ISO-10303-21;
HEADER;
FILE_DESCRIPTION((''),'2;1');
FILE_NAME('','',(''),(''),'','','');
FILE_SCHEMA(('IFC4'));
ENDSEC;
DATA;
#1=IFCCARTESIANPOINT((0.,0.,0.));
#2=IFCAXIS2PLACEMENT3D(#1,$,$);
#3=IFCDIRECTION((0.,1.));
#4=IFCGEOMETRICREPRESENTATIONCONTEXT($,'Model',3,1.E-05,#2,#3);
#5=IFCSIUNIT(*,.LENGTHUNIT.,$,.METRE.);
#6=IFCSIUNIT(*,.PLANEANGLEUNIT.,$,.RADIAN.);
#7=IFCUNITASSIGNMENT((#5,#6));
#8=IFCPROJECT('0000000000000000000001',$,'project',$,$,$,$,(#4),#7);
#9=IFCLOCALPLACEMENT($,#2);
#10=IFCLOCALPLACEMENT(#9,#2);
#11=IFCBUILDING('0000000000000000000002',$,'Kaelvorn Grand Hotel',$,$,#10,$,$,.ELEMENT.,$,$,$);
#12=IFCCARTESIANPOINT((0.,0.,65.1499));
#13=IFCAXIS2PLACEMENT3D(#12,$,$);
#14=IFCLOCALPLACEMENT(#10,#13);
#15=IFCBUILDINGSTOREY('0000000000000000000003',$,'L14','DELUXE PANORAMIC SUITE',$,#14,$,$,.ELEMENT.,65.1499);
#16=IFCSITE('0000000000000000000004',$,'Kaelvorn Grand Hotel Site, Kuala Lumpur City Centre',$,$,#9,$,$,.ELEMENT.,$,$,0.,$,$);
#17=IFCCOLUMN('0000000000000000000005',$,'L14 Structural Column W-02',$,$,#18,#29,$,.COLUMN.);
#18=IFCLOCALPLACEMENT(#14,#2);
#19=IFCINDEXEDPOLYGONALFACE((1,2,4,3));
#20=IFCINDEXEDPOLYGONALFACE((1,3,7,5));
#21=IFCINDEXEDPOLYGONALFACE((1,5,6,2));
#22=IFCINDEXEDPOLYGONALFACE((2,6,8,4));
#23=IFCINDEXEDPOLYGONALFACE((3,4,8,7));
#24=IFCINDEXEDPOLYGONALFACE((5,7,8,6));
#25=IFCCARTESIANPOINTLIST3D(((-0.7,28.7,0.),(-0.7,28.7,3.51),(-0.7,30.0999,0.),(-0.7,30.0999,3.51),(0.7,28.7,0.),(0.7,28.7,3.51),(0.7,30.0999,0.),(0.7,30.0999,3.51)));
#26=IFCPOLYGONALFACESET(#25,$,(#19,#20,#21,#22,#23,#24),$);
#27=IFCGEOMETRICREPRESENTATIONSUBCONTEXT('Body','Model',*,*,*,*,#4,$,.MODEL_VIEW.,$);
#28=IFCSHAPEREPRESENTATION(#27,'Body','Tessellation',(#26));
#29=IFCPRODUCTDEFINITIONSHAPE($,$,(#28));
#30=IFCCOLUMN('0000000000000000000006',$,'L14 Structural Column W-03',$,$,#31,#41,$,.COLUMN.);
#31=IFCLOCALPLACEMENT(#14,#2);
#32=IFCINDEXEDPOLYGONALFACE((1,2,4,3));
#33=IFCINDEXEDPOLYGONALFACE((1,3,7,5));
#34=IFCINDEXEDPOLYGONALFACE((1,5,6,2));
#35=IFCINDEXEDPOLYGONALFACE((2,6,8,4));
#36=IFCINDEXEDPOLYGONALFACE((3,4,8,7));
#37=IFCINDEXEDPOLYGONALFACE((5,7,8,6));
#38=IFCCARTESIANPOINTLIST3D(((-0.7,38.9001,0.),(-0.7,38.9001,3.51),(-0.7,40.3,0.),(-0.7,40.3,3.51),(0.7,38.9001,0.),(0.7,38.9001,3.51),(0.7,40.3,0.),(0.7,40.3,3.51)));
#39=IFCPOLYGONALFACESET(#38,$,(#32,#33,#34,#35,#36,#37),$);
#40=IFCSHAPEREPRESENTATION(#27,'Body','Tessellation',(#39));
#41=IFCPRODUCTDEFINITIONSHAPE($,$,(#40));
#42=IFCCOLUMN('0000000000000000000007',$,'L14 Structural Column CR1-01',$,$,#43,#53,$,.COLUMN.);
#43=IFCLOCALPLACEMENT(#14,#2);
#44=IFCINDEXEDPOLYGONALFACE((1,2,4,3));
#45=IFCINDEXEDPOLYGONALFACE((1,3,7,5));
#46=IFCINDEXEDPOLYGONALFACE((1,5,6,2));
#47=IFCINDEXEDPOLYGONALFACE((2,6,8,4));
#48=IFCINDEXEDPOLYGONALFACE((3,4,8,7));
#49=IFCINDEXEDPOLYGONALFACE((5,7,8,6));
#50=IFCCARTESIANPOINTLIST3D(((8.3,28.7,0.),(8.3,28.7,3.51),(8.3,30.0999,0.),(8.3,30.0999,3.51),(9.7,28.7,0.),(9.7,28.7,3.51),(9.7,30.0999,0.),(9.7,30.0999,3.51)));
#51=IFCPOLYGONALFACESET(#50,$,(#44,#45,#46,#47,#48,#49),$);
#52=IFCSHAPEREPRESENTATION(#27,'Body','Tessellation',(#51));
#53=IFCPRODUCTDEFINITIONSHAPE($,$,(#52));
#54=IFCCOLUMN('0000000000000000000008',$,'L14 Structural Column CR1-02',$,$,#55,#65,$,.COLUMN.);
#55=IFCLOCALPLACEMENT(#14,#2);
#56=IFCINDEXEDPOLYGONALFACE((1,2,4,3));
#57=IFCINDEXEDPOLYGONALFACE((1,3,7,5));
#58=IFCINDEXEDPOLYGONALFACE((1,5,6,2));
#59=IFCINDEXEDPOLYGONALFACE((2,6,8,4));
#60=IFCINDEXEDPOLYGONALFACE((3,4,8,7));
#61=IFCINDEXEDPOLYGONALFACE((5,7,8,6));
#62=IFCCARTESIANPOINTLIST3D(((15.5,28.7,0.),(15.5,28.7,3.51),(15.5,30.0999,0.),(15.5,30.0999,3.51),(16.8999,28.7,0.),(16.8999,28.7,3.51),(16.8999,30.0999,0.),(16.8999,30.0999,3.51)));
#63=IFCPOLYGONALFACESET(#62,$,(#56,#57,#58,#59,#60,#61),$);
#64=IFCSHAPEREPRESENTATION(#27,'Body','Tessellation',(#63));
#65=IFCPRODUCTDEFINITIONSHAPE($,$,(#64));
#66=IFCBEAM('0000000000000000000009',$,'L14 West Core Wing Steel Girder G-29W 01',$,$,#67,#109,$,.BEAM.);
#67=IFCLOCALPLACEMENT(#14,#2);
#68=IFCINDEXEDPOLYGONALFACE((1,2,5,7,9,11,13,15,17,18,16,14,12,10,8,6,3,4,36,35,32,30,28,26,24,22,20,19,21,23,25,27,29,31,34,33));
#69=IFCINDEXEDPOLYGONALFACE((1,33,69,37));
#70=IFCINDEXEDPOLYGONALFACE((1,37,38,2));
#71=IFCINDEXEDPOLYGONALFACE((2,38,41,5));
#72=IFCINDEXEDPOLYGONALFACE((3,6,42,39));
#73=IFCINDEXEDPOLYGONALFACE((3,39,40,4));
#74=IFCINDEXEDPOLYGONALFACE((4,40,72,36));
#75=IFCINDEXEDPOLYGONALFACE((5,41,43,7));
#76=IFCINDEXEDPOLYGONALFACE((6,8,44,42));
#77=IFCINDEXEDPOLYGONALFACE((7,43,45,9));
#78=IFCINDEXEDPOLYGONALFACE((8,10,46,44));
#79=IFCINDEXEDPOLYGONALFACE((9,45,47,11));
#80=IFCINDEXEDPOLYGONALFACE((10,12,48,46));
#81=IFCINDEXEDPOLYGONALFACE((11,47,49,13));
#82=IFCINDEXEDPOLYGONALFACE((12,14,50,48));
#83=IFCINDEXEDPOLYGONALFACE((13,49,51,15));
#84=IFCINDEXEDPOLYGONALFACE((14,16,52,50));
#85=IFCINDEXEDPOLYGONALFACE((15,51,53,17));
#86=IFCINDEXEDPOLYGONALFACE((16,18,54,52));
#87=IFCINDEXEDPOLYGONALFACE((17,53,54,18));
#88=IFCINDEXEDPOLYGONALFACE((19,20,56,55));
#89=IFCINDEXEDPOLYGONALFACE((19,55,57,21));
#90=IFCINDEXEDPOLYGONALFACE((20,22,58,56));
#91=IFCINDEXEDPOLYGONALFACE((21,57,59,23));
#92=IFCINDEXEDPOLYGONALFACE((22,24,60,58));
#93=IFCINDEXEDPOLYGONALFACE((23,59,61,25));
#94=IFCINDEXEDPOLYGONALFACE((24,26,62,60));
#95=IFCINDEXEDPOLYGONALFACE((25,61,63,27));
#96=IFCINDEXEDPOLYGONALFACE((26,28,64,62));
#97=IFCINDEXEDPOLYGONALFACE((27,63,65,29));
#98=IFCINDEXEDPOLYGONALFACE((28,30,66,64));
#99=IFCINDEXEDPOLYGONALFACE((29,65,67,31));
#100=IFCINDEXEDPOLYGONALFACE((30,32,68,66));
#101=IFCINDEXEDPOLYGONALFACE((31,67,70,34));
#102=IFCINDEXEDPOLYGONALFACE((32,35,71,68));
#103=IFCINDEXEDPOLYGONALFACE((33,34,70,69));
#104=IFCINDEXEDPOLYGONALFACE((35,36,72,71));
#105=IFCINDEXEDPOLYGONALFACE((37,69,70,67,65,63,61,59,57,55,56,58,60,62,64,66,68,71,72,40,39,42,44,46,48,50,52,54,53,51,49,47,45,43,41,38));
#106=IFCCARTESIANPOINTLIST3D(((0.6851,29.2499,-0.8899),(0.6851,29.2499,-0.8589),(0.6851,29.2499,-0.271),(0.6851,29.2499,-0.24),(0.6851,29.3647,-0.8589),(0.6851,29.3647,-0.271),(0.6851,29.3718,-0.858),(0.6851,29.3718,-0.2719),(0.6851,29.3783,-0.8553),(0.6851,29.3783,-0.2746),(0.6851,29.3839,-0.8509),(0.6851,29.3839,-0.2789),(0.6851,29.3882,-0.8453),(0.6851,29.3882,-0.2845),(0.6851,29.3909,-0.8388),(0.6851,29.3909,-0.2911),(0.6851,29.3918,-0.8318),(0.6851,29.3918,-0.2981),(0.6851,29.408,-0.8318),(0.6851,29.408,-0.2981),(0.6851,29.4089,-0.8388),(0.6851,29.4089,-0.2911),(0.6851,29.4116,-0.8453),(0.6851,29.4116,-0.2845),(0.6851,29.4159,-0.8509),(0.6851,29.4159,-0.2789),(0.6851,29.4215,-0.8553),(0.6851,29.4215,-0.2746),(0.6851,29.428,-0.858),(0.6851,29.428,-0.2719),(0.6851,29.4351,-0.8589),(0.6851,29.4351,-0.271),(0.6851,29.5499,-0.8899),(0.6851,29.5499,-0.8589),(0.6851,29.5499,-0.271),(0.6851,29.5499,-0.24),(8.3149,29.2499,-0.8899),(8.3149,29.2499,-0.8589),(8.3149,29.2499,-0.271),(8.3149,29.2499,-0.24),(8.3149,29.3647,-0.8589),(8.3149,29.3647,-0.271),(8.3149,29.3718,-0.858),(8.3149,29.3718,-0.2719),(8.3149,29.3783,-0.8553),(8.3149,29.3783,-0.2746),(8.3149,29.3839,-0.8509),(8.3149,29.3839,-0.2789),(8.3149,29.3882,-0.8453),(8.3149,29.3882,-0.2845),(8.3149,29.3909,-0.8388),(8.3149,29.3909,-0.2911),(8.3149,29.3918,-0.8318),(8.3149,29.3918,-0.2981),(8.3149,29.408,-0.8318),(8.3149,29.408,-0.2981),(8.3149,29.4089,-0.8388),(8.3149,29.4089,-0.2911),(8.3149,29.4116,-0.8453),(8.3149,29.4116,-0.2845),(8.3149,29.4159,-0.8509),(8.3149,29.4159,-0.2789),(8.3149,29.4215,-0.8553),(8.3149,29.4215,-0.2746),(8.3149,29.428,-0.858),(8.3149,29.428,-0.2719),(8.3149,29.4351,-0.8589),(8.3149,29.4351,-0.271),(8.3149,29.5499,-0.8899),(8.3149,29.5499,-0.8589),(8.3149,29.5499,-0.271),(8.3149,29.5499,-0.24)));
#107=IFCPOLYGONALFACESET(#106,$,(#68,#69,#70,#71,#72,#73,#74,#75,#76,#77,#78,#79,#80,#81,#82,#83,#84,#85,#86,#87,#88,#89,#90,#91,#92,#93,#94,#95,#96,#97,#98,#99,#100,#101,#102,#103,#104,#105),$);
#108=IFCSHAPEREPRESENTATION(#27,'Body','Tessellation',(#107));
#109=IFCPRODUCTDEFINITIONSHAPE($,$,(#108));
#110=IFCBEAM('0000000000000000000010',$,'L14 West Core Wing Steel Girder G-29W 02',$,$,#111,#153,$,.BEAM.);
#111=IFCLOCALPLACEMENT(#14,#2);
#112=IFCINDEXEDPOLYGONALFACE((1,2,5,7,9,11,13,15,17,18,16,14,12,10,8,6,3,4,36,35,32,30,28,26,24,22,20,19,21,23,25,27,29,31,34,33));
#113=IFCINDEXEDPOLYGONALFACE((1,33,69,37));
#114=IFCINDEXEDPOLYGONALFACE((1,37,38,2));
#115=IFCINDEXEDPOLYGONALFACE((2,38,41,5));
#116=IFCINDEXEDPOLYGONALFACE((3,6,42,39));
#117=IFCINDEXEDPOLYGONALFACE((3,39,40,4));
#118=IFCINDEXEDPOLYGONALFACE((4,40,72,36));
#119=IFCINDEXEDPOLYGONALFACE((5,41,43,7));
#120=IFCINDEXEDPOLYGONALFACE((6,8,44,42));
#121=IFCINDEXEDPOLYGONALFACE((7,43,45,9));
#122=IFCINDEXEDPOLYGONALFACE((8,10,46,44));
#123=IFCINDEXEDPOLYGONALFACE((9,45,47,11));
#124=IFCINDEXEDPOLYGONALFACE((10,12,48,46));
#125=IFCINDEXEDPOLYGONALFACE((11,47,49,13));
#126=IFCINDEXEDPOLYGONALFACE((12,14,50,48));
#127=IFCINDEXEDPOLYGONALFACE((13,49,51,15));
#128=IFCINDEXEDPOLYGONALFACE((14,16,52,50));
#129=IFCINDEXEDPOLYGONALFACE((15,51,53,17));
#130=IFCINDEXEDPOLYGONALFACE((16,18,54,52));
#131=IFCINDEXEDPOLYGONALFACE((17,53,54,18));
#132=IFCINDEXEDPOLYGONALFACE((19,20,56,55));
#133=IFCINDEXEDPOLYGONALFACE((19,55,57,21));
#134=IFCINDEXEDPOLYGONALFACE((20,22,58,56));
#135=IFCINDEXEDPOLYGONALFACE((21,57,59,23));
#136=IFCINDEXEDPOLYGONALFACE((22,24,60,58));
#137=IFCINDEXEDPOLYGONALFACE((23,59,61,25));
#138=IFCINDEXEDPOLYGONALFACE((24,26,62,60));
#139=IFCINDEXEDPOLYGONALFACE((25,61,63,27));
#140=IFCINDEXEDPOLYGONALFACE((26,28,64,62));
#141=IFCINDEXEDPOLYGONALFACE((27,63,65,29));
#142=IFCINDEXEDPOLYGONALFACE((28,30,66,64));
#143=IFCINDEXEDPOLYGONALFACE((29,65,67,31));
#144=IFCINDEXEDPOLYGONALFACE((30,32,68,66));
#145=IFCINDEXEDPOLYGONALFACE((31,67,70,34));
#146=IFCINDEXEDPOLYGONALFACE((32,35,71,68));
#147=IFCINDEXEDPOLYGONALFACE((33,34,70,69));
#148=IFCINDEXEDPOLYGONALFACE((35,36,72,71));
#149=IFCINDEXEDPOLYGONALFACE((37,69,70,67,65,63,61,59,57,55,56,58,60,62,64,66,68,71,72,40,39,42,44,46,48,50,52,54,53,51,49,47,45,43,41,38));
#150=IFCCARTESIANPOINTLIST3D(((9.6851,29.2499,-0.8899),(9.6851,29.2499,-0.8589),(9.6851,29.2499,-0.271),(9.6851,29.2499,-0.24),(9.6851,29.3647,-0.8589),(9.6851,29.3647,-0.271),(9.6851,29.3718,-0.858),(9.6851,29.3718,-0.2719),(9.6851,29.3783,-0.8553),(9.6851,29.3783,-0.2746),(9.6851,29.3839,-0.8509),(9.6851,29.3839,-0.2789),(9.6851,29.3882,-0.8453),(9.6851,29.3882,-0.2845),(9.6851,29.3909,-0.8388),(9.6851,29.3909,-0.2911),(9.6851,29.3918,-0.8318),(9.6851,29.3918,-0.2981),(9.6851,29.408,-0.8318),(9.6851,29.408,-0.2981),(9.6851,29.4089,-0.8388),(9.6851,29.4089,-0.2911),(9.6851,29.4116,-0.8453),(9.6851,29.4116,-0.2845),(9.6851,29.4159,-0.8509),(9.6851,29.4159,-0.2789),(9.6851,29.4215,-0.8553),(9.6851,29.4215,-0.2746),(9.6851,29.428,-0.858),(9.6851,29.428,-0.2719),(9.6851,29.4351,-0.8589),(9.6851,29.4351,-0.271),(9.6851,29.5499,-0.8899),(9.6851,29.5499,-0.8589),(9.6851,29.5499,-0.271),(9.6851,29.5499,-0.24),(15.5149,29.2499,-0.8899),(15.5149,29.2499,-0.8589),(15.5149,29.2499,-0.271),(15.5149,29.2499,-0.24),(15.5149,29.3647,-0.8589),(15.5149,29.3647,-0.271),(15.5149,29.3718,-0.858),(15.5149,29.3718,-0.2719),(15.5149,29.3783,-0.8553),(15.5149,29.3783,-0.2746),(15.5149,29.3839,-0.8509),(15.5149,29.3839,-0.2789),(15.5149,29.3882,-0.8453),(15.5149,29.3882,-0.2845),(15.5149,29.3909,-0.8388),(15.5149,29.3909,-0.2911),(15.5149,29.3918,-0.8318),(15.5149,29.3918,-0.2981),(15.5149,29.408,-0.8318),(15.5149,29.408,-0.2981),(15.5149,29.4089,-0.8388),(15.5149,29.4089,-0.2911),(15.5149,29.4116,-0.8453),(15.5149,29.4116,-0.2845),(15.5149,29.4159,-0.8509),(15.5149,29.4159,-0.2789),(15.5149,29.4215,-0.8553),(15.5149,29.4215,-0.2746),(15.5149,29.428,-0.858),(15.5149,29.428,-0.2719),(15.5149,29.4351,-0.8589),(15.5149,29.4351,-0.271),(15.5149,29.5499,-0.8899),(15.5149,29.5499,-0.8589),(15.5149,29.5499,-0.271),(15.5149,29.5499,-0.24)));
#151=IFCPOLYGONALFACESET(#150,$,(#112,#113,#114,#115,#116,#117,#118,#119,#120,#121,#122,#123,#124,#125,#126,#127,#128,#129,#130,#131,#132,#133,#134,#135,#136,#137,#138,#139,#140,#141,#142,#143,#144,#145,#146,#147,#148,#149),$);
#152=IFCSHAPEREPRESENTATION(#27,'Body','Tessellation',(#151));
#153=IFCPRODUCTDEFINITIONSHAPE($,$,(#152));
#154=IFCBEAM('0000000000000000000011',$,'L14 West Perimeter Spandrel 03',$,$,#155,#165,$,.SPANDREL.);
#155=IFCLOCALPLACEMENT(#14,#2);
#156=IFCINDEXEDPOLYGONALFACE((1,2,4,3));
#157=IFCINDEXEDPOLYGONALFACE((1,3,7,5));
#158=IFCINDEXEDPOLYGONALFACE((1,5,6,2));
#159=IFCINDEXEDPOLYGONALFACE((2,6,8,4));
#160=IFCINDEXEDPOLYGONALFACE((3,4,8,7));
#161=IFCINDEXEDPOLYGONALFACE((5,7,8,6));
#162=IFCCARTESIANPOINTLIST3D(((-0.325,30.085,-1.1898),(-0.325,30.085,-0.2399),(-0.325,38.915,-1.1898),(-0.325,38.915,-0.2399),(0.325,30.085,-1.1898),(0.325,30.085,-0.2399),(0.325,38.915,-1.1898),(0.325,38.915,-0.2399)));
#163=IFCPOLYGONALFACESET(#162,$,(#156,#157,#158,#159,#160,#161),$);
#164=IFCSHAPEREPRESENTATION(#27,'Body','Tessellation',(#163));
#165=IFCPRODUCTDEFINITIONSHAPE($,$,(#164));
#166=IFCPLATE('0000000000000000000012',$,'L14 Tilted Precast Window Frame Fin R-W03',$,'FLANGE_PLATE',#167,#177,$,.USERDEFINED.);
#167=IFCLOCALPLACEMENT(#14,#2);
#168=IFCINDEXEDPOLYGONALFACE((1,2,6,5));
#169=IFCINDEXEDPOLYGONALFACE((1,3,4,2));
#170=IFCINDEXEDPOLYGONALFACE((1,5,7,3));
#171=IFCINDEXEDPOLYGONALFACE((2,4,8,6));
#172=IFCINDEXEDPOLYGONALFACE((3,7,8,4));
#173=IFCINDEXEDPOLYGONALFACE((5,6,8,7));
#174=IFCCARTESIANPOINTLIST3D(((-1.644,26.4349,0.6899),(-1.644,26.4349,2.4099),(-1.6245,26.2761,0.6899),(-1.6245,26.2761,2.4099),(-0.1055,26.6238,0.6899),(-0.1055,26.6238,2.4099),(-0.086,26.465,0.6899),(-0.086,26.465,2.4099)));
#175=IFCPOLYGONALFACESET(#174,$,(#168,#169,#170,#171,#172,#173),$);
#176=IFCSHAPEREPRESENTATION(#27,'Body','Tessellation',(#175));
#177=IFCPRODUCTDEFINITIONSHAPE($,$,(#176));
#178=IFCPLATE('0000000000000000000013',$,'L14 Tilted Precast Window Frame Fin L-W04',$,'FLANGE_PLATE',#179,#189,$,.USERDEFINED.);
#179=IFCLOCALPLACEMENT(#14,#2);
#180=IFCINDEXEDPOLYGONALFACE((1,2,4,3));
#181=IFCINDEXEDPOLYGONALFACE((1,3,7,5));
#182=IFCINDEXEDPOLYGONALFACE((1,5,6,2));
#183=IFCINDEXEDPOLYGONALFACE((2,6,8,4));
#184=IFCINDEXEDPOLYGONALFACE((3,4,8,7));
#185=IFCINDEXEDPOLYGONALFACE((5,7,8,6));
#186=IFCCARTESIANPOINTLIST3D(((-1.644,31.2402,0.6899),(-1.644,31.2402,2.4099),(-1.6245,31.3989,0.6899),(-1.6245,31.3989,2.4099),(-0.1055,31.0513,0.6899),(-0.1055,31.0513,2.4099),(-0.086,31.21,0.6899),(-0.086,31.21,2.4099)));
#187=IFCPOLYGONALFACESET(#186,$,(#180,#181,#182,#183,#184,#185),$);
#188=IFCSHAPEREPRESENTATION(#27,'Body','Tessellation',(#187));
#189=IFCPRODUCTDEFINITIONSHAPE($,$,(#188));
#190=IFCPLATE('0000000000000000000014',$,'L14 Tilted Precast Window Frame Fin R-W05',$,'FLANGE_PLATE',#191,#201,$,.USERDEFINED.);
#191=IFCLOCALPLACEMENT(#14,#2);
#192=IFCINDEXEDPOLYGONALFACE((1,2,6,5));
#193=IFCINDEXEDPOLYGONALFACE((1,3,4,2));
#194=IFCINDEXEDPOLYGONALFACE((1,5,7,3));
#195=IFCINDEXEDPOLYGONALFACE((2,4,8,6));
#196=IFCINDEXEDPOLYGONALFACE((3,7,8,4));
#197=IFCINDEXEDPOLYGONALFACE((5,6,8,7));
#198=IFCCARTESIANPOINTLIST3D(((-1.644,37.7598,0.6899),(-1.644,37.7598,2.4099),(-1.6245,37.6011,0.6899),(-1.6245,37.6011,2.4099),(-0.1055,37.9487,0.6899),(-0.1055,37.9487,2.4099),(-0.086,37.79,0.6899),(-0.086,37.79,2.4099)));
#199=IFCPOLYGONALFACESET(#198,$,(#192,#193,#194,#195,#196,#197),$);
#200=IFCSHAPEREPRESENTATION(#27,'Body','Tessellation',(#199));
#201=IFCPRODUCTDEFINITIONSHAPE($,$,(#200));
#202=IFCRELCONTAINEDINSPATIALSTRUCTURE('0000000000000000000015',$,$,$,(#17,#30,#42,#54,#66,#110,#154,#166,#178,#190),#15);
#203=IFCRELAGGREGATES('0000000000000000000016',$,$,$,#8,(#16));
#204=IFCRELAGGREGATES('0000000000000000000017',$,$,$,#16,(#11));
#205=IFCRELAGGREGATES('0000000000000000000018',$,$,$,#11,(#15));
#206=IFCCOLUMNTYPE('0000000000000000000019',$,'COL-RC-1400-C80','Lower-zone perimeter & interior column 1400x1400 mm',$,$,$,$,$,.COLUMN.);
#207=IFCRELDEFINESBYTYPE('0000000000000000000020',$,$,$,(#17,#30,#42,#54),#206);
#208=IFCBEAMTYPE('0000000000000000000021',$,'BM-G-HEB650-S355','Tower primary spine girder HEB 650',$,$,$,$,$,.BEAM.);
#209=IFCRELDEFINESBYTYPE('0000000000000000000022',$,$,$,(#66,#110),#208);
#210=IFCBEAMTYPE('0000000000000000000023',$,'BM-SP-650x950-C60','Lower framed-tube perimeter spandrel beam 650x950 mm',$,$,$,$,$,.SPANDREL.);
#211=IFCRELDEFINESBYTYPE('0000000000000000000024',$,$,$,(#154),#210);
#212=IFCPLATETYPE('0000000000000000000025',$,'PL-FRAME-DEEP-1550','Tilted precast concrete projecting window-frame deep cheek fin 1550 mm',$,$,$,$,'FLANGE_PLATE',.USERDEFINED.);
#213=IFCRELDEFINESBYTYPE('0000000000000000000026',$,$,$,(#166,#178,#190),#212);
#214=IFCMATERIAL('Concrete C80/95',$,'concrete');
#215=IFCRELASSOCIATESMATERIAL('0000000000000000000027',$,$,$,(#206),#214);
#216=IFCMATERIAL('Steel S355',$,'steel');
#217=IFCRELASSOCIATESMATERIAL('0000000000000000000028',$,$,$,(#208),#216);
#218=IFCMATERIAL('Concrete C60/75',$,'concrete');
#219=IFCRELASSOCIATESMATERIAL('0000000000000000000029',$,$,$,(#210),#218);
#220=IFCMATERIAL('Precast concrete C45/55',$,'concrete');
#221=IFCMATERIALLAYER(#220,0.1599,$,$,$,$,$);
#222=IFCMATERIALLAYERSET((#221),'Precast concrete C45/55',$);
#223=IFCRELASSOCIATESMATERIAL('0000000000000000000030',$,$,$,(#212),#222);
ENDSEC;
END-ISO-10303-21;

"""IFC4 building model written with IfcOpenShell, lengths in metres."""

from ifc_helpers import new_model, si_unit, direction, frame, origin, origin_2d, place, context, subcontext, project, spatial, rectangle, i_section, extrude, material, layer, layer_set, material_profile, profile_set, type_object, element, save


model = new_model("IFC4")

# Units and contexts
model_context = context("Model", 3, precision=1e-05, world=origin(), true_north=direction((0.0, 1.0)))
body_context = subcontext(model_context, "Body", "Model", "MODEL_VIEW")
ifc_project = project(units=[si_unit("LENGTHUNIT", "METRE"), si_unit("PLANEANGLEUNIT", "RADIAN")], contexts=[model_context])

# Site, building, storey
site_placement = place(None, origin())
site = spatial("IfcSite", under=ifc_project, at=site_placement, Name="Kaelvorn Grand Hotel Site, Kuala Lumpur City Centre", CompositionType="ELEMENT", RefElevation=0.0)
building_placement = place(site_placement, origin())
building = spatial("IfcBuilding", under=site, at=building_placement, Name="Kaelvorn Grand Hotel", CompositionType="ELEMENT")
storey_placement = place(building_placement, frame((0.0, 0.0, 65.1499)))
storey = spatial("IfcBuildingStorey", under=building, at=storey_placement, Name="L14", Description="DELUXE PANORAMIC SUITE", CompositionType="ELEMENT", Elevation=65.1499)

# Columns
ifc_material_1 = material(Name="Concrete C80/95", Category="concrete")
ifc_material_profile_1 = material_profile(ifc_material_1, rectangle(XDim=1.3999, YDim=1.3999, at=origin_2d()), Name="RC COL 1400x1400")
ifc_profile_set_1 = profile_set([ifc_material_profile_1], Name="Concrete C80/95")
column_type = type_object("IfcColumnType", Name="COL-RC-1400-C80", Description="Lower-zone perimeter & interior column 1400x1400 mm", PredefinedType="COLUMN", material=ifc_profile_set_1)
for number, where, z_axis, x_axis, name in (
    (1, (0.0, 29.3999, 0.0), (0.0, 0.0, 1.0), (1.0, 0.0, 0.0), "L14 Structural Column W-02"),
    (2, (0.0, 39.6001, 0.0), (0.0, 0.0, 1.0), (1.0, 0.0, 0.0), "L14 Structural Column W-03"),
    (3, (9.0, 29.3999, 0.0), (0.0, 0.0, 1.0), (1.0, 0.0, 0.0), "L14 Structural Column CR1-01"),
    (4, (16.2, 29.3999, 0.0), (0.0, 0.0, 1.0), (1.0, 0.0, 0.0), "L14 Structural Column CR1-02"),
):
    element("IfcColumn", number, at=place(storey_placement, frame(where, z_axis=z_axis, x_axis=x_axis)), inside=storey, type_object=column_type, Name=name, PredefinedType="COLUMN", context=body_context, shape_type="SweptSolid", body=[
        extrude(rectangle(XDim=1.3999, YDim=1.3999, at=origin_2d()), origin(), (0.0, 0.0, 1.0), 3.51),
    ])

# Beams
ifc_material_2 = material(Name="Steel S355", Category="steel")
ifc_material_profile_2 = material_profile(ifc_material_2, i_section(OverallWidth=0.3, OverallDepth=0.6499, WebThickness=0.0161, FlangeThickness=0.031, FilletRadius=0.0271, at=origin_2d()), Name="HEB 650")
ifc_profile_set_2 = profile_set([ifc_material_profile_2], Name="Steel S355")
beam_type_1 = type_object("IfcBeamType", Name="BM-G-HEB650-S355", Description="Tower primary spine girder HEB 650", PredefinedType="BEAM", material=ifc_profile_set_2)
beam_1_placement = place(storey_placement, frame((0.6851, 29.3999, -0.5649), z_axis=(1.0, 0.0, 0.0), x_axis=(0.0, 1.0, 0.0)))
element("IfcBeam", 5, at=beam_1_placement, inside=storey, type_object=beam_type_1, Name="L14 West Core Wing Steel Girder G-29W 01", PredefinedType="BEAM", context=body_context, shape_type="SweptSolid", body=[
    extrude(i_section(OverallWidth=0.3, OverallDepth=0.6499, WebThickness=0.0161, FlangeThickness=0.031, FilletRadius=0.0271, at=origin_2d()), origin(), (0.0, 0.0, 1.0), 7.6299),
])
beam_2_placement = place(storey_placement, frame((9.6851, 29.3999, -0.5649), z_axis=(1.0, 0.0, 0.0), x_axis=(0.0, 1.0, 0.0)))
element("IfcBeam", 6, at=beam_2_placement, inside=storey, type_object=beam_type_1, Name="L14 West Core Wing Steel Girder G-29W 02", PredefinedType="BEAM", context=body_context, shape_type="SweptSolid", body=[
    extrude(i_section(OverallWidth=0.3, OverallDepth=0.6499, WebThickness=0.0161, FlangeThickness=0.031, FilletRadius=0.0271, at=origin_2d()), origin(), (0.0, 0.0, 1.0), 5.8298),
])
ifc_material_3 = material(Name="Concrete C60/75", Category="concrete")
ifc_material_profile_3 = material_profile(ifc_material_3, rectangle(XDim=0.6499, YDim=0.95, at=origin_2d()), Name="RC SPANDREL 650x950")
ifc_profile_set_3 = profile_set([ifc_material_profile_3], Name="Concrete C60/75")
beam_type_2 = type_object("IfcBeamType", Name="BM-SP-650x950-C60", Description="Lower framed-tube perimeter spandrel beam 650x950 mm", PredefinedType="SPANDREL", material=ifc_profile_set_3)
beam_3_placement = place(storey_placement, frame((0.0, 30.085, -0.7148), z_axis=(0.0, 1.0, 0.0), x_axis=(-1.0, 0.0, 0.0)))
element("IfcBeam", 7, at=beam_3_placement, inside=storey, type_object=beam_type_2, Name="L14 West Perimeter Spandrel 03", PredefinedType="SPANDREL", context=body_context, shape_type="SweptSolid", body=[
    extrude(rectangle(XDim=0.6499, YDim=0.95, at=origin_2d()), origin(), (0.0, 0.0, 1.0), 8.8301),
])

# Plates
ifc_material_4 = material(Name="Precast concrete C45/55", Category="concrete")
ifc_layer_1 = layer(ifc_material_4, 0.1599)
ifc_layer_set_1 = layer_set([ifc_layer_1], Name="Precast concrete C45/55")
plate_type_1 = type_object("IfcPlateType", Name="PL-FRAME-DEEP-1550", Description="Tilted precast concrete projecting window-frame deep cheek fin 1550 mm", ElementType="FLANGE_PLATE", PredefinedType="USERDEFINED", material=ifc_layer_set_1)
for number, where, z_axis, x_axis, name in (
    (8, (-0.865, 26.45, 0.6899), (0.0, 0.0, 1.0), (-0.121869, 0.992546, 0.0), "L14 Tilted Precast Window Frame Fin R-W03"),
    (9, (-0.865, 31.2251, 0.6899), (0.0, 0.0, 1.0), (0.121869, 0.992546, 0.0), "L14 Tilted Precast Window Frame Fin L-W04"),
    (10, (-0.865, 37.7749, 0.6899), (0.0, 0.0, 1.0), (-0.121869, 0.992546, 0.0), "L14 Tilted Precast Window Frame Fin R-W05"),
):
    element("IfcPlate", number, at=place(storey_placement, frame(where, z_axis=z_axis, x_axis=x_axis)), inside=storey, type_object=plate_type_1, Name=name, ObjectType="FLANGE_PLATE", PredefinedType="USERDEFINED", context=body_context, shape_type="SweptSolid", body=[
        extrude(rectangle(XDim=0.1599, YDim=1.55, at=origin_2d()), origin(), (0.0, 0.0, 1.0), 1.72),
    ])

save(model, "model.ifc")
